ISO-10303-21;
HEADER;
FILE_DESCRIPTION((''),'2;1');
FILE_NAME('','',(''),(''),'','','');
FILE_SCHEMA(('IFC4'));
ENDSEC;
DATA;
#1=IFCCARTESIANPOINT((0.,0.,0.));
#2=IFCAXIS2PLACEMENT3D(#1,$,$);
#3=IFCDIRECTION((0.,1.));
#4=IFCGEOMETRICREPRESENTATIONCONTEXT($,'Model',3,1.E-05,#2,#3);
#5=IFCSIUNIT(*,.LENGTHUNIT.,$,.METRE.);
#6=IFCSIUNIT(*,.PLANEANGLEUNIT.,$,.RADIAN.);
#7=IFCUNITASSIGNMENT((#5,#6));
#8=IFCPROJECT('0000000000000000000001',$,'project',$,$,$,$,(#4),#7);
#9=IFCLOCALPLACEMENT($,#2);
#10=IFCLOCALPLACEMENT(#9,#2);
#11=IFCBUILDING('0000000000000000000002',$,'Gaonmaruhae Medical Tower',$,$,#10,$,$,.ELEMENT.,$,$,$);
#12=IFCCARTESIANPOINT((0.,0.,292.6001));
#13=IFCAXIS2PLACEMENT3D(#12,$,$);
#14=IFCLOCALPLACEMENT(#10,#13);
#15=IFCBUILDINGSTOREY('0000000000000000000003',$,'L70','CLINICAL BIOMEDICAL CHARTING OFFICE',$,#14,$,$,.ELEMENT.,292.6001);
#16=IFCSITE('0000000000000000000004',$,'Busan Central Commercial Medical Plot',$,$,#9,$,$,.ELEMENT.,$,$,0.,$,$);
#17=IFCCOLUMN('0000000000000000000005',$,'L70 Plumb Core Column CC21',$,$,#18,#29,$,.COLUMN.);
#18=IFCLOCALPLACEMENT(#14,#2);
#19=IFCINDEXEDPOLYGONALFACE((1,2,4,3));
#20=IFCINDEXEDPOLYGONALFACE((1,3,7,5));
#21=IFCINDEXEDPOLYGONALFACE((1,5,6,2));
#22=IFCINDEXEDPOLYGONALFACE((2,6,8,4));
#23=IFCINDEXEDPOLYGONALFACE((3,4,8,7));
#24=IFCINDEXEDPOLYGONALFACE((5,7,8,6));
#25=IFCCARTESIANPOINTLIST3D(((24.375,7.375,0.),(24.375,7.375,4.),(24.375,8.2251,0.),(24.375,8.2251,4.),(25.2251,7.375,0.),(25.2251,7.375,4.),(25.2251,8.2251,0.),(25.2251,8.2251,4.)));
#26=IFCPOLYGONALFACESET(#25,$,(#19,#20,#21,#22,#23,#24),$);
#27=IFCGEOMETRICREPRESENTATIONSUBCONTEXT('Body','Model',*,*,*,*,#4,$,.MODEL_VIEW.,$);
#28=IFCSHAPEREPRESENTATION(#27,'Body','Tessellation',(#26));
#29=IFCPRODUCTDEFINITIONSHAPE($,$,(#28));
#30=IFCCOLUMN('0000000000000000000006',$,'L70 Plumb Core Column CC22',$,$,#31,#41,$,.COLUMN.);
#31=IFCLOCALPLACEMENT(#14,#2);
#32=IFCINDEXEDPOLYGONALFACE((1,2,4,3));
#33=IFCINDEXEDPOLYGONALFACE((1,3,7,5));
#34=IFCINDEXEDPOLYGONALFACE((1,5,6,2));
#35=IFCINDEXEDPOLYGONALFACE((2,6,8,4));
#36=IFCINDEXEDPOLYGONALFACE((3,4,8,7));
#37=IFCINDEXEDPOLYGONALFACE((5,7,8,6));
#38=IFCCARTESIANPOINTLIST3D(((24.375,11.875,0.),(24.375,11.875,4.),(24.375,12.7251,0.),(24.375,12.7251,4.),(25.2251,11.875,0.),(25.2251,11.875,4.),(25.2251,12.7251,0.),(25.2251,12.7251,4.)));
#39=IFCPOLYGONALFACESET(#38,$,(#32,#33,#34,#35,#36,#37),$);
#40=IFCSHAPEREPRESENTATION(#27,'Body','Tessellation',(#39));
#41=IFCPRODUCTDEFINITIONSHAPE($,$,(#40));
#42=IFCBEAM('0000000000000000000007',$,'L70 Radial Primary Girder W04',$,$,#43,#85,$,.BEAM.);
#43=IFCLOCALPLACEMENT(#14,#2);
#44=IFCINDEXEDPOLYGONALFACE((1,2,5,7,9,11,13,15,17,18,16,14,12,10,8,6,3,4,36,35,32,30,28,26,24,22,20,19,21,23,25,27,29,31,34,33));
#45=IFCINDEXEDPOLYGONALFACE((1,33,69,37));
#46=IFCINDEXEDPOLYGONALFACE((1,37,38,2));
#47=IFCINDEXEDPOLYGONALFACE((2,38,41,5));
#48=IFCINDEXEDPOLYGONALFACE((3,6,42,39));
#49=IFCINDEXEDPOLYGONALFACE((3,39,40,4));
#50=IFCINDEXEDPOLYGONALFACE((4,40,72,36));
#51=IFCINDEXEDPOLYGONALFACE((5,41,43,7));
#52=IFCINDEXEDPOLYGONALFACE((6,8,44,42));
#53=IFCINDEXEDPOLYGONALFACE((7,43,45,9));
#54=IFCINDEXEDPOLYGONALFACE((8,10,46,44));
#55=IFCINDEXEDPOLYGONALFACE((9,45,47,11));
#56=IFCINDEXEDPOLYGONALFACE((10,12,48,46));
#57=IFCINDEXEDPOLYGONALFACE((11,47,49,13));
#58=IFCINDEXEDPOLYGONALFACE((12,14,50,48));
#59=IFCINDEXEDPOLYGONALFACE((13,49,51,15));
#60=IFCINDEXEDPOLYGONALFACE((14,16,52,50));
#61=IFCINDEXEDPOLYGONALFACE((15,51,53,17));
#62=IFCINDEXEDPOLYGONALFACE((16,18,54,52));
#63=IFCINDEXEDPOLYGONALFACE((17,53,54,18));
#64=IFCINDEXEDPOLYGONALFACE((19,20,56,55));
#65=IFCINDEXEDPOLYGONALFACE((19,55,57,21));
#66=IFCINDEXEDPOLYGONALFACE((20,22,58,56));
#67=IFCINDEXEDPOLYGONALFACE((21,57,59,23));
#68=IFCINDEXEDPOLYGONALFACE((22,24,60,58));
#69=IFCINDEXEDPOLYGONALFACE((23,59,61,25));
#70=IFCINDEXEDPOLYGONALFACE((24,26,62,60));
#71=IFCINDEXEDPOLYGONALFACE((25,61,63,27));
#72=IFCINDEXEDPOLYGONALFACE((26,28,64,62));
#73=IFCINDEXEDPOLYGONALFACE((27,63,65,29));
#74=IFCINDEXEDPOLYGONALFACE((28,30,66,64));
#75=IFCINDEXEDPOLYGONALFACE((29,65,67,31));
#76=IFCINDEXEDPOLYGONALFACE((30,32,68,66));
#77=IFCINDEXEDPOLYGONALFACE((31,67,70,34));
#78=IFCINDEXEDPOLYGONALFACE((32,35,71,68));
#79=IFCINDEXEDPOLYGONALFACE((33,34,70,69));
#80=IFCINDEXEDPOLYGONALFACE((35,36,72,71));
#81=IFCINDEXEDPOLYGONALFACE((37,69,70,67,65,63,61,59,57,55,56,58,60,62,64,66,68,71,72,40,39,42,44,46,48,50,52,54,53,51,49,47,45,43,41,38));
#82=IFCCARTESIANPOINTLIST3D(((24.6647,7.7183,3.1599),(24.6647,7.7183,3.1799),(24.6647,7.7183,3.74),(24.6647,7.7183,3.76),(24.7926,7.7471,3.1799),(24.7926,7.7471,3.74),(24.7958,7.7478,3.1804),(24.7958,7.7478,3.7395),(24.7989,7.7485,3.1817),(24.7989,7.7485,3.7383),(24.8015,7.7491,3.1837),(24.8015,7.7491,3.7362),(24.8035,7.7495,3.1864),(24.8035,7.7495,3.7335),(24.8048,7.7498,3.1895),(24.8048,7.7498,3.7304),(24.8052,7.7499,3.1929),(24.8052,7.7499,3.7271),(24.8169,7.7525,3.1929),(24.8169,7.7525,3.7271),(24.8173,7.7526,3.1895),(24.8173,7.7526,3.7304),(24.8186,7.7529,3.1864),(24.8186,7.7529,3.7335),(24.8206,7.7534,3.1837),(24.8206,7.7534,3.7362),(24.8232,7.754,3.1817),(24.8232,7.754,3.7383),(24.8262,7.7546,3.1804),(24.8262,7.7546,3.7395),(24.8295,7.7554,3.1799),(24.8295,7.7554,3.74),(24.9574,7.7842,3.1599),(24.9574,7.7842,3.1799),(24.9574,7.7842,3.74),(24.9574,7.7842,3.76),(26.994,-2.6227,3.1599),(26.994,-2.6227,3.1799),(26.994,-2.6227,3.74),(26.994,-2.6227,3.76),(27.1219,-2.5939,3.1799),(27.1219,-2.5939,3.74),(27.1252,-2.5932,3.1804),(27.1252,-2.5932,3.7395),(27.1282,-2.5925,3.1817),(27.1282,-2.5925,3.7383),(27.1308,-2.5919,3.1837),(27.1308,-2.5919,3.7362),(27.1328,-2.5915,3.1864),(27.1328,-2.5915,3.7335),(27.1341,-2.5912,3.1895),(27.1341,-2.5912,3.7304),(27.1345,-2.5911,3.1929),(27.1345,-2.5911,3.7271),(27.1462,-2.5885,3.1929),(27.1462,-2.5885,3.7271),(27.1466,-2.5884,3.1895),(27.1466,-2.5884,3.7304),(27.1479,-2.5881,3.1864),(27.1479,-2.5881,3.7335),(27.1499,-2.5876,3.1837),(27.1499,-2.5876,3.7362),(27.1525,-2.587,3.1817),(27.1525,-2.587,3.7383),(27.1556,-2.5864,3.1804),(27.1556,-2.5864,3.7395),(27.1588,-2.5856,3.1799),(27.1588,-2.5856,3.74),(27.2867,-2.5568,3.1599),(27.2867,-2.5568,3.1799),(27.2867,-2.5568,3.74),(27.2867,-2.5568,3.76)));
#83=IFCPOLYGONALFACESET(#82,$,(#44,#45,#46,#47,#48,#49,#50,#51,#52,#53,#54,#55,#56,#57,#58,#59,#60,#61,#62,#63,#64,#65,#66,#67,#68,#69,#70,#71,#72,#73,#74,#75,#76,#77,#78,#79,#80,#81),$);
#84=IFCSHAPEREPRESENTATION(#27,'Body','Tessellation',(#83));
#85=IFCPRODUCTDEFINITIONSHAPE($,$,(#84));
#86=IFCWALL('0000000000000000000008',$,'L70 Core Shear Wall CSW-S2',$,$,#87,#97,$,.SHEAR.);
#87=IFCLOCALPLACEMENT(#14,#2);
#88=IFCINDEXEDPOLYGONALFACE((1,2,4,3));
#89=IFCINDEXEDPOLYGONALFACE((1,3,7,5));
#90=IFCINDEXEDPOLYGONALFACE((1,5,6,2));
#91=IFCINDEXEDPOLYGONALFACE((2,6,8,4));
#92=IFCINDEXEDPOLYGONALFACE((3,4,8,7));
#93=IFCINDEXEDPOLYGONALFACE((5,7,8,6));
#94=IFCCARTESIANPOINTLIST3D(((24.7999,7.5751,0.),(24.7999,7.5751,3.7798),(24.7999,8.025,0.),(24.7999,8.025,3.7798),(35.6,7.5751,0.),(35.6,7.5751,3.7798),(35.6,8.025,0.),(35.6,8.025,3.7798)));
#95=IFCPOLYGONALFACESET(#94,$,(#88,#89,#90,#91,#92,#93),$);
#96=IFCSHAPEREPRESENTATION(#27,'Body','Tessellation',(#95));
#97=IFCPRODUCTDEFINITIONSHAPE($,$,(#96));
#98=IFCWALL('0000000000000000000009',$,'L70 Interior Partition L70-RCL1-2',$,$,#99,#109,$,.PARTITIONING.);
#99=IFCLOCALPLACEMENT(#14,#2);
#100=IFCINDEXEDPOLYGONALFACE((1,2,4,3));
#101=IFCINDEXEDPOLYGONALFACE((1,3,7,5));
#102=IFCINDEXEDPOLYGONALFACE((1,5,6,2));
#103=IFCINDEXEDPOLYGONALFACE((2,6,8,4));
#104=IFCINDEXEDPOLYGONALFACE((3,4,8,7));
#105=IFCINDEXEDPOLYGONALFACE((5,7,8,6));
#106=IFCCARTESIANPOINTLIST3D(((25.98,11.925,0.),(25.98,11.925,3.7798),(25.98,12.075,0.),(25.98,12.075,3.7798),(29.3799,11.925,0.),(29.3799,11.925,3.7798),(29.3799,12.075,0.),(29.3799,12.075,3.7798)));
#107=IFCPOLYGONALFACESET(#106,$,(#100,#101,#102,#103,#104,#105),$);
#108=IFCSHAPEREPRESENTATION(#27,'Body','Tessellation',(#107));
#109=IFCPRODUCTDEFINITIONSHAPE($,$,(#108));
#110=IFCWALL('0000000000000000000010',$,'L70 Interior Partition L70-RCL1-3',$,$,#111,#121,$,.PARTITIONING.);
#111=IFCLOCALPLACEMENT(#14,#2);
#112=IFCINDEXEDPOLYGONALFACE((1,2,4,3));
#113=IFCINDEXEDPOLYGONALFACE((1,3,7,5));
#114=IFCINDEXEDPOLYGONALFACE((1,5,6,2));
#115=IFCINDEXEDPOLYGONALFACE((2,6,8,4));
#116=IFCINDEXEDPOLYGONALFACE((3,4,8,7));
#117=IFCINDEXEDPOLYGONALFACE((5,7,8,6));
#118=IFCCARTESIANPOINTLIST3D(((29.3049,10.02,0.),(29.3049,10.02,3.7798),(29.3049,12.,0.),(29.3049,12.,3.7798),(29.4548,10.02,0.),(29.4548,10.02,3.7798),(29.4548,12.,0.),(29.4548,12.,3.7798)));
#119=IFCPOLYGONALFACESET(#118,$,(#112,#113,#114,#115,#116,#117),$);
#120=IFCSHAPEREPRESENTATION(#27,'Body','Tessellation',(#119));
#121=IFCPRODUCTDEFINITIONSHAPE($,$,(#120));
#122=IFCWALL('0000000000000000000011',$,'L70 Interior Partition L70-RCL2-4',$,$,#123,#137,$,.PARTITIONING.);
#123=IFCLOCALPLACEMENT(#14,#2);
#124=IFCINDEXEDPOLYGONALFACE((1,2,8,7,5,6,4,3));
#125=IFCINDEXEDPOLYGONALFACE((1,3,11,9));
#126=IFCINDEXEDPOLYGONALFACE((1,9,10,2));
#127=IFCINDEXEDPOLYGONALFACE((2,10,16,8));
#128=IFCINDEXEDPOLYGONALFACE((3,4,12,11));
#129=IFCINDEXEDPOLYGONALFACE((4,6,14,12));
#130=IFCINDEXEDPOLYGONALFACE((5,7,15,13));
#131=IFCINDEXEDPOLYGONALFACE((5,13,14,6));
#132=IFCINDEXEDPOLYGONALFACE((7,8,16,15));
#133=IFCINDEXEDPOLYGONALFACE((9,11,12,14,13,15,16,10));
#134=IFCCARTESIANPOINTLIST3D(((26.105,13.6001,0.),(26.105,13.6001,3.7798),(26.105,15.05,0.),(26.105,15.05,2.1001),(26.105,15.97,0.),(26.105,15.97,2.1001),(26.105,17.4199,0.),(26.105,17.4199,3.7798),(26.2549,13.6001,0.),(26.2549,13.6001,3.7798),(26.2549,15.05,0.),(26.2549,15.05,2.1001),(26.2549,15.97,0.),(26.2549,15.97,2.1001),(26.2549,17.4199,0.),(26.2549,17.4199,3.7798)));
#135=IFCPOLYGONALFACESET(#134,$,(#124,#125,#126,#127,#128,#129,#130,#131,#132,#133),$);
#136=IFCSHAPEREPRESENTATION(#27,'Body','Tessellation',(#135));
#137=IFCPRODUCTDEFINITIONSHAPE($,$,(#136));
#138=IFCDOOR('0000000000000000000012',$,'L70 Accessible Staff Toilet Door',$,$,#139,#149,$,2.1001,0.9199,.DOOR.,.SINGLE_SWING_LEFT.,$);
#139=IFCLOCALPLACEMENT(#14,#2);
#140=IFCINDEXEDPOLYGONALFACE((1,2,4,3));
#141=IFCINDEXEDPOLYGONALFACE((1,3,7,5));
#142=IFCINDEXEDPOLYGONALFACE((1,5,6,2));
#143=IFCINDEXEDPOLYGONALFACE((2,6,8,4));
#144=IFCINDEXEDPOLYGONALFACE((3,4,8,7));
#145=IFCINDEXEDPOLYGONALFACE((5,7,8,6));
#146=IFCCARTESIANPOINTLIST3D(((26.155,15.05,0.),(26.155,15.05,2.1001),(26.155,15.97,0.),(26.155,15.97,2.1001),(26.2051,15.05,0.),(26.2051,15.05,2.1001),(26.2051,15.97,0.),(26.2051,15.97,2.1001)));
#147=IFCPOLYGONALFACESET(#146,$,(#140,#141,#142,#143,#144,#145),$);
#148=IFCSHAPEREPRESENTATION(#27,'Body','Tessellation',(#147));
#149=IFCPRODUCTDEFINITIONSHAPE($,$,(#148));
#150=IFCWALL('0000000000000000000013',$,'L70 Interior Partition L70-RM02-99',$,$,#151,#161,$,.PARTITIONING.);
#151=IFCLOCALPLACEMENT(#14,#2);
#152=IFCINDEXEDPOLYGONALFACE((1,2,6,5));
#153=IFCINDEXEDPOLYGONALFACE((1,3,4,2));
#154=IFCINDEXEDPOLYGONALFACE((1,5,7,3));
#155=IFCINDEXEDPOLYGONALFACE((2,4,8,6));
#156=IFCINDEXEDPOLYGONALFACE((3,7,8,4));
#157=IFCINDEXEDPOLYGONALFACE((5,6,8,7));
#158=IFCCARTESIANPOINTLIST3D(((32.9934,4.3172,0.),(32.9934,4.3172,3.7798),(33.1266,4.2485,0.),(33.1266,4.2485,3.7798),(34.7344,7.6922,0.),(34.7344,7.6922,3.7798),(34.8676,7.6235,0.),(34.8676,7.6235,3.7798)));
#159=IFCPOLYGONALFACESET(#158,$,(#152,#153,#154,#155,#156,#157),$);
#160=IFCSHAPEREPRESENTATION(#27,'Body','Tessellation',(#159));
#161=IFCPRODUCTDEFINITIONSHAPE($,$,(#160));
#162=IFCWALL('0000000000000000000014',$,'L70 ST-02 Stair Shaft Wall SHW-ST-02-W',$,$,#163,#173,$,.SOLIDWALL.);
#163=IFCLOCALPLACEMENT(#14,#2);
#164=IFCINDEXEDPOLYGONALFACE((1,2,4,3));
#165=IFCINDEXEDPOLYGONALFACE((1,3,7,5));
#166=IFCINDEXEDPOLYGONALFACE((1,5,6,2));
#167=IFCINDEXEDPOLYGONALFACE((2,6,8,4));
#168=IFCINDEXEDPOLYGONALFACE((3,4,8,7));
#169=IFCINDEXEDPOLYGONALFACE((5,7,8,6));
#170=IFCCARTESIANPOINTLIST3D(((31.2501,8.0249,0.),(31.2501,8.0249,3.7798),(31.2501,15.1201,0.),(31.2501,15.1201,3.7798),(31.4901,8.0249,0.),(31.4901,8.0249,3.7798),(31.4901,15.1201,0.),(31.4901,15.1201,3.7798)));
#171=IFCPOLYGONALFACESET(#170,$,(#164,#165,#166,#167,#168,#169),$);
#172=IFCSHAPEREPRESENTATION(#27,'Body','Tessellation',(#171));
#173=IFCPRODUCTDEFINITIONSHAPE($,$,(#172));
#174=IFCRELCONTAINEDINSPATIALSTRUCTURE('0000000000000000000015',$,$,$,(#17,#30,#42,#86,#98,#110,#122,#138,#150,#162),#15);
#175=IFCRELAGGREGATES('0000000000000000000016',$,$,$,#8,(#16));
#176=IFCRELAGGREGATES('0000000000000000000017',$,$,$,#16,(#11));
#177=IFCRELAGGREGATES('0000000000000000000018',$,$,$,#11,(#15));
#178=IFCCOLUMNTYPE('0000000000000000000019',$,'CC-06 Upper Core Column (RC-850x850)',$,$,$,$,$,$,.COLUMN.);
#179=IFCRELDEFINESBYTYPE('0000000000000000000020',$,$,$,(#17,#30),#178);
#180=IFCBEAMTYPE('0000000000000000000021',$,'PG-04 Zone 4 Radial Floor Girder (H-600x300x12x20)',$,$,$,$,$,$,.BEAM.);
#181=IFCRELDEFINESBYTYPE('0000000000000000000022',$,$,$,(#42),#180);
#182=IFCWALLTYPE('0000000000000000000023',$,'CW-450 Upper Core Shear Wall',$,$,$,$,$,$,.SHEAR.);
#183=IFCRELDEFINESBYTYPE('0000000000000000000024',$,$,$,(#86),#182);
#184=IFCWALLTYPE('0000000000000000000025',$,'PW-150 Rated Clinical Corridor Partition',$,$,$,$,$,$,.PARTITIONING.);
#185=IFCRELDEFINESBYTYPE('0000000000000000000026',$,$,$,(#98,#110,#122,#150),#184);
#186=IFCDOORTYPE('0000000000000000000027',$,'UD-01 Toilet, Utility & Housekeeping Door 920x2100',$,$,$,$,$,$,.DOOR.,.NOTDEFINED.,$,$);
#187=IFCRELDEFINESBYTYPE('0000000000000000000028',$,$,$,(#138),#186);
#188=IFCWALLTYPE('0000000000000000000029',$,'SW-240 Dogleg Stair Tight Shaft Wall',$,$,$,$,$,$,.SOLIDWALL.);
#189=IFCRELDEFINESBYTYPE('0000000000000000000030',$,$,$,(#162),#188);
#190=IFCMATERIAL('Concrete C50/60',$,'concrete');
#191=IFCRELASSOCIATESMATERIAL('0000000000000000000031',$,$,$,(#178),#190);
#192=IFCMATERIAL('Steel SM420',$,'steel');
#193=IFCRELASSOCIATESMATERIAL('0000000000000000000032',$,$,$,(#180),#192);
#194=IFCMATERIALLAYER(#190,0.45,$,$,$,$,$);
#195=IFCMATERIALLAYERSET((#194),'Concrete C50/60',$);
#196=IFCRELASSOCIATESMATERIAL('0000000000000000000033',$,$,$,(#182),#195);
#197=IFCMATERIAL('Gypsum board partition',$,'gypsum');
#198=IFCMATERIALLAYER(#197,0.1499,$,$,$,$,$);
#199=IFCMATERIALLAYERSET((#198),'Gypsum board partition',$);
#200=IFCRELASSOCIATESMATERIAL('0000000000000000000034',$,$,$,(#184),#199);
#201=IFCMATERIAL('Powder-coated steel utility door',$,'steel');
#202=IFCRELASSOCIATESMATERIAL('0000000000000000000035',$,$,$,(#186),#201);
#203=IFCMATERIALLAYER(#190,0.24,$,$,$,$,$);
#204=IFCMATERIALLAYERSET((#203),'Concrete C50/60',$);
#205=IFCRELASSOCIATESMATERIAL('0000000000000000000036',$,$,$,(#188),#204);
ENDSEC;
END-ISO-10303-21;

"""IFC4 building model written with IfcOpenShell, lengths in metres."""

from ifc_helpers import new_model, si_unit, direction, frame, frame_2d, origin, origin_2d, place, context, subcontext, project, spatial, rectangle, i_section, extrude, material, layer, layer_set, material_profile, profile_set, type_object, element, fill, save


model = new_model("IFC4")

# Units and contexts
model_context = context("Model", 3, precision=1e-05, world=origin(), true_north=direction((0.0, 1.0)))
body_context = subcontext(model_context, "Body", "Model", "MODEL_VIEW")
ifc_project = project(units=[si_unit("LENGTHUNIT", "METRE"), si_unit("PLANEANGLEUNIT", "RADIAN")], contexts=[model_context])

# Site, building, storey
site_placement = place(None, origin())
site = spatial("IfcSite", under=ifc_project, at=site_placement, Name="Busan Central Commercial Medical Plot", CompositionType="ELEMENT", RefElevation=0.0)
building_placement = place(site_placement, origin())
building = spatial("IfcBuilding", under=site, at=building_placement, Name="Gaonmaruhae Medical Tower", CompositionType="ELEMENT")
storey_placement = place(building_placement, frame((0.0, 0.0, 292.6001)))
storey = spatial("IfcBuildingStorey", under=building, at=storey_placement, Name="L70", Description="CLINICAL BIOMEDICAL CHARTING OFFICE", CompositionType="ELEMENT", Elevation=292.6001)

# Columns
ifc_material_1 = material(Name="Concrete C50/60", Category="concrete")
ifc_material_profile_1 = material_profile(ifc_material_1, rectangle(XDim=0.8501, YDim=0.8501, at=origin_2d()), Name="RC-850x850")
ifc_profile_set_1 = profile_set([ifc_material_profile_1], Name="Concrete C50/60")
column_type = type_object("IfcColumnType", Name="CC-06 Upper Core Column (RC-850x850)", PredefinedType="COLUMN", material=ifc_profile_set_1)
for number, where, z_axis, x_axis, name in (
    (1, (24.8, 7.8, 0.0), (0.0, 0.0, 1.0), (1.0, 0.0, 0.0), "L70 Plumb Core Column CC21"),
    (2, (24.8, 12.3, 0.0), (0.0, 0.0, 1.0), (1.0, 0.0, 0.0), "L70 Plumb Core Column CC22"),
):
    element("IfcColumn", number, at=place(storey_placement, frame(where, z_axis=z_axis, x_axis=x_axis)), inside=storey, type_object=column_type, Name=name, PredefinedType="COLUMN", context=body_context, shape_type="SweptSolid", body=[
        extrude(rectangle(XDim=0.8501, YDim=0.8501, at=origin_2d()), origin(), (0.0, 0.0, 1.0), 4.0),
    ])

# Beam
ifc_material_2 = material(Name="Steel SM420", Category="steel")
ifc_material_profile_2 = material_profile(ifc_material_2, i_section(OverallWidth=0.3, OverallDepth=0.6001, WebThickness=0.012, FlangeThickness=0.02, FilletRadius=0.0129, at=origin_2d()), Name="H-600x300x12x20")
ifc_profile_set_2 = profile_set([ifc_material_profile_2], Name="Steel SM420")
beam_type = type_object("IfcBeamType", Name="PG-04 Zone 4 Radial Floor Girder (H-600x300x12x20)", PredefinedType="BEAM", material=ifc_profile_set_2)
beam_placement = place(storey_placement, frame((24.811, 7.7512, 3.46), z_axis=(0.219746, -0.975557, 0.0), x_axis=(0.975557, 0.219746, 0.0)))
element("IfcBeam", 3, at=beam_placement, inside=storey, type_object=beam_type, Name="L70 Radial Primary Girder W04", PredefinedType="BEAM", context=body_context, shape_type="SweptSolid", body=[
    extrude(i_section(OverallWidth=0.3, OverallDepth=0.6001, WebThickness=0.012, FlangeThickness=0.02, FilletRadius=0.0129, at=origin_2d()), origin(), (0.0, 0.0, 1.0), 10.6001),
])

# Wall
ifc_layer_1 = layer(ifc_material_1, 0.45)
ifc_layer_set_1 = layer_set([ifc_layer_1], Name="Concrete C50/60")
wall_type_1 = type_object("IfcWallType", Name="CW-450 Upper Core Shear Wall", PredefinedType="SHEAR", material=ifc_layer_set_1)
wall_1_placement = place(storey_placement, frame((24.8, 7.8, 0.0), z_axis=(0.0, 0.0, 1.0), x_axis=(1.0, 0.0, 0.0)))
element("IfcWall", 4, at=wall_1_placement, inside=storey, type_object=wall_type_1, Name="L70 Core Shear Wall CSW-S2", PredefinedType="SHEAR", context=body_context, shape_type="SweptSolid", body=[
    extrude(rectangle(XDim=10.8, YDim=0.45, at=frame_2d((5.3999, 0.0))), origin(), (0.0, 0.0, 1.0), 3.7798),
])

# Shared definitions
ifc_material_3 = material(Name="Gypsum board partition", Category="gypsum")
ifc_layer_2 = layer(ifc_material_3, 0.1499)
ifc_layer_set_2 = layer_set([ifc_layer_2], Name="Gypsum board partition")
wall_type_2 = type_object("IfcWallType", Name="PW-150 Rated Clinical Corridor Partition", PredefinedType="PARTITIONING", material=ifc_layer_set_2)

# Walls
wall_2_placement = place(storey_placement, frame((25.98, 12.0, 0.0), z_axis=(0.0, 0.0, 1.0), x_axis=(1.0, 0.0, 0.0)))
element("IfcWall", 5, at=wall_2_placement, inside=storey, type_object=wall_type_2, Name="L70 Interior Partition L70-RCL1-2", PredefinedType="PARTITIONING", context=body_context, shape_type="SweptSolid", body=[
    extrude(rectangle(XDim=3.3999, YDim=0.1499, at=frame_2d((1.7, 0.0))), origin(), (0.0, 0.0, 1.0), 3.7798),
])
wall_3_placement = place(storey_placement, frame((29.3799, 12.0, 0.0), z_axis=(0.0, 0.0, 1.0), x_axis=(0.0, -1.0, 0.0)))
element("IfcWall", 6, at=wall_3_placement, inside=storey, type_object=wall_type_2, Name="L70 Interior Partition L70-RCL1-3", PredefinedType="PARTITIONING", context=body_context, shape_type="SweptSolid", body=[
    extrude(rectangle(XDim=1.98, YDim=0.1499, at=frame_2d((0.99, 0.0))), origin(), (0.0, 0.0, 1.0), 3.7798),
])

# Wall, opening, door
wall_4_placement = place(storey_placement, frame((26.1799, 13.6001, 0.0), z_axis=(0.0, 0.0, 1.0), x_axis=(0.0, 1.0, 0.0)))
wall_4 = element("IfcWall", 7, at=wall_4_placement, inside=storey, type_object=wall_type_2, Name="L70 Interior Partition L70-RCL2-4", PredefinedType="PARTITIONING", context=body_context, shape_type="SweptSolid", body=[
    extrude(rectangle(XDim=3.8198, YDim=0.1499, at=frame_2d((1.9099, 0.0))), origin(), (0.0, 0.0, 1.0), 3.7798),
])
opening_1_placement = place(wall_4_placement, frame((1.45, 0.0, 0.0)))
opening_1 = element("IfcOpeningElement", 8, at=opening_1_placement, cuts=wall_4, PredefinedType="OPENING", context=body_context, shape_type="SweptSolid", body=[
    extrude(rectangle(XDim=0.9199, YDim=2.1001, at=frame_2d((0.46, 1.05))), frame((0.0, 0.085, 0.0), z_axis=(0.0, -1.0, 0.0), x_axis=(1.0, 0.0, 0.0)), (0.0, 0.0, 1.0), 0.1699),
])
ifc_material_4 = material(Name="Powder-coated steel utility door", Category="steel")
door_type_1 = type_object("IfcDoorType", Name="UD-01 Toilet, Utility & Housekeeping Door 920x2100", OperationType="NOTDEFINED", PredefinedType="DOOR", material=ifc_material_4)
door_1_placement = place(opening_1_placement, origin())
door_1 = element("IfcDoor", 9, at=door_1_placement, inside=storey, type_object=door_type_1, Name="L70 Accessible Staff Toilet Door", OperationType="SINGLE_SWING_LEFT", OverallHeight=2.1001, OverallWidth=0.9199, PredefinedType="DOOR", context=body_context, shape_type="SweptSolid", body=[
    extrude(rectangle(XDim=0.9199, YDim=2.1001, at=frame_2d((0.46, 1.05))), frame((0.0, 0.0249, 0.0), z_axis=(0.0, -1.0, 0.0), x_axis=(1.0, 0.0, 0.0)), (0.0, 0.0, 1.0), 0.05),
])
fill(opening_1, door_1)

# Walls
wall_5_placement = place(storey_placement, frame((34.801, 7.658, 0.0), z_axis=(0.0, 0.0, 1.0), x_axis=(-0.458441, -0.888725, 0.0)))
element("IfcWall", 10, at=wall_5_placement, inside=storey, type_object=wall_type_2, Name="L70 Interior Partition L70-RM02-99", PredefinedType="PARTITIONING", context=body_context, shape_type="SweptSolid", body=[
    extrude(rectangle(XDim=3.7976, YDim=0.1499, at=frame_2d((1.8989, 0.0))), origin(), (0.0, 0.0, 1.0), 3.7798),
])
ifc_layer_3 = layer(ifc_material_1, 0.24)
ifc_layer_set_3 = layer_set([ifc_layer_3], Name="Concrete C50/60")
wall_type_3 = type_object("IfcWallType", Name="SW-240 Dogleg Stair Tight Shaft Wall", PredefinedType="SOLIDWALL", material=ifc_layer_set_3)
wall_6_placement = place(storey_placement, frame((31.3701, 8.0249, 0.0), z_axis=(0.0, 0.0, 1.0), x_axis=(0.0, 1.0, 0.0)))
element("IfcWall", 11, at=wall_6_placement, inside=storey, type_object=wall_type_3, Name="L70 ST-02 Stair Shaft Wall SHW-ST-02-W", PredefinedType="SOLIDWALL", context=body_context, shape_type="SweptSolid", body=[
    extrude(rectangle(XDim=7.0952, YDim=0.24, at=frame_2d((3.5476, 0.0))), origin(), (0.0, 0.0, 1.0), 3.7798),
])

save(model, "model.ifc")
